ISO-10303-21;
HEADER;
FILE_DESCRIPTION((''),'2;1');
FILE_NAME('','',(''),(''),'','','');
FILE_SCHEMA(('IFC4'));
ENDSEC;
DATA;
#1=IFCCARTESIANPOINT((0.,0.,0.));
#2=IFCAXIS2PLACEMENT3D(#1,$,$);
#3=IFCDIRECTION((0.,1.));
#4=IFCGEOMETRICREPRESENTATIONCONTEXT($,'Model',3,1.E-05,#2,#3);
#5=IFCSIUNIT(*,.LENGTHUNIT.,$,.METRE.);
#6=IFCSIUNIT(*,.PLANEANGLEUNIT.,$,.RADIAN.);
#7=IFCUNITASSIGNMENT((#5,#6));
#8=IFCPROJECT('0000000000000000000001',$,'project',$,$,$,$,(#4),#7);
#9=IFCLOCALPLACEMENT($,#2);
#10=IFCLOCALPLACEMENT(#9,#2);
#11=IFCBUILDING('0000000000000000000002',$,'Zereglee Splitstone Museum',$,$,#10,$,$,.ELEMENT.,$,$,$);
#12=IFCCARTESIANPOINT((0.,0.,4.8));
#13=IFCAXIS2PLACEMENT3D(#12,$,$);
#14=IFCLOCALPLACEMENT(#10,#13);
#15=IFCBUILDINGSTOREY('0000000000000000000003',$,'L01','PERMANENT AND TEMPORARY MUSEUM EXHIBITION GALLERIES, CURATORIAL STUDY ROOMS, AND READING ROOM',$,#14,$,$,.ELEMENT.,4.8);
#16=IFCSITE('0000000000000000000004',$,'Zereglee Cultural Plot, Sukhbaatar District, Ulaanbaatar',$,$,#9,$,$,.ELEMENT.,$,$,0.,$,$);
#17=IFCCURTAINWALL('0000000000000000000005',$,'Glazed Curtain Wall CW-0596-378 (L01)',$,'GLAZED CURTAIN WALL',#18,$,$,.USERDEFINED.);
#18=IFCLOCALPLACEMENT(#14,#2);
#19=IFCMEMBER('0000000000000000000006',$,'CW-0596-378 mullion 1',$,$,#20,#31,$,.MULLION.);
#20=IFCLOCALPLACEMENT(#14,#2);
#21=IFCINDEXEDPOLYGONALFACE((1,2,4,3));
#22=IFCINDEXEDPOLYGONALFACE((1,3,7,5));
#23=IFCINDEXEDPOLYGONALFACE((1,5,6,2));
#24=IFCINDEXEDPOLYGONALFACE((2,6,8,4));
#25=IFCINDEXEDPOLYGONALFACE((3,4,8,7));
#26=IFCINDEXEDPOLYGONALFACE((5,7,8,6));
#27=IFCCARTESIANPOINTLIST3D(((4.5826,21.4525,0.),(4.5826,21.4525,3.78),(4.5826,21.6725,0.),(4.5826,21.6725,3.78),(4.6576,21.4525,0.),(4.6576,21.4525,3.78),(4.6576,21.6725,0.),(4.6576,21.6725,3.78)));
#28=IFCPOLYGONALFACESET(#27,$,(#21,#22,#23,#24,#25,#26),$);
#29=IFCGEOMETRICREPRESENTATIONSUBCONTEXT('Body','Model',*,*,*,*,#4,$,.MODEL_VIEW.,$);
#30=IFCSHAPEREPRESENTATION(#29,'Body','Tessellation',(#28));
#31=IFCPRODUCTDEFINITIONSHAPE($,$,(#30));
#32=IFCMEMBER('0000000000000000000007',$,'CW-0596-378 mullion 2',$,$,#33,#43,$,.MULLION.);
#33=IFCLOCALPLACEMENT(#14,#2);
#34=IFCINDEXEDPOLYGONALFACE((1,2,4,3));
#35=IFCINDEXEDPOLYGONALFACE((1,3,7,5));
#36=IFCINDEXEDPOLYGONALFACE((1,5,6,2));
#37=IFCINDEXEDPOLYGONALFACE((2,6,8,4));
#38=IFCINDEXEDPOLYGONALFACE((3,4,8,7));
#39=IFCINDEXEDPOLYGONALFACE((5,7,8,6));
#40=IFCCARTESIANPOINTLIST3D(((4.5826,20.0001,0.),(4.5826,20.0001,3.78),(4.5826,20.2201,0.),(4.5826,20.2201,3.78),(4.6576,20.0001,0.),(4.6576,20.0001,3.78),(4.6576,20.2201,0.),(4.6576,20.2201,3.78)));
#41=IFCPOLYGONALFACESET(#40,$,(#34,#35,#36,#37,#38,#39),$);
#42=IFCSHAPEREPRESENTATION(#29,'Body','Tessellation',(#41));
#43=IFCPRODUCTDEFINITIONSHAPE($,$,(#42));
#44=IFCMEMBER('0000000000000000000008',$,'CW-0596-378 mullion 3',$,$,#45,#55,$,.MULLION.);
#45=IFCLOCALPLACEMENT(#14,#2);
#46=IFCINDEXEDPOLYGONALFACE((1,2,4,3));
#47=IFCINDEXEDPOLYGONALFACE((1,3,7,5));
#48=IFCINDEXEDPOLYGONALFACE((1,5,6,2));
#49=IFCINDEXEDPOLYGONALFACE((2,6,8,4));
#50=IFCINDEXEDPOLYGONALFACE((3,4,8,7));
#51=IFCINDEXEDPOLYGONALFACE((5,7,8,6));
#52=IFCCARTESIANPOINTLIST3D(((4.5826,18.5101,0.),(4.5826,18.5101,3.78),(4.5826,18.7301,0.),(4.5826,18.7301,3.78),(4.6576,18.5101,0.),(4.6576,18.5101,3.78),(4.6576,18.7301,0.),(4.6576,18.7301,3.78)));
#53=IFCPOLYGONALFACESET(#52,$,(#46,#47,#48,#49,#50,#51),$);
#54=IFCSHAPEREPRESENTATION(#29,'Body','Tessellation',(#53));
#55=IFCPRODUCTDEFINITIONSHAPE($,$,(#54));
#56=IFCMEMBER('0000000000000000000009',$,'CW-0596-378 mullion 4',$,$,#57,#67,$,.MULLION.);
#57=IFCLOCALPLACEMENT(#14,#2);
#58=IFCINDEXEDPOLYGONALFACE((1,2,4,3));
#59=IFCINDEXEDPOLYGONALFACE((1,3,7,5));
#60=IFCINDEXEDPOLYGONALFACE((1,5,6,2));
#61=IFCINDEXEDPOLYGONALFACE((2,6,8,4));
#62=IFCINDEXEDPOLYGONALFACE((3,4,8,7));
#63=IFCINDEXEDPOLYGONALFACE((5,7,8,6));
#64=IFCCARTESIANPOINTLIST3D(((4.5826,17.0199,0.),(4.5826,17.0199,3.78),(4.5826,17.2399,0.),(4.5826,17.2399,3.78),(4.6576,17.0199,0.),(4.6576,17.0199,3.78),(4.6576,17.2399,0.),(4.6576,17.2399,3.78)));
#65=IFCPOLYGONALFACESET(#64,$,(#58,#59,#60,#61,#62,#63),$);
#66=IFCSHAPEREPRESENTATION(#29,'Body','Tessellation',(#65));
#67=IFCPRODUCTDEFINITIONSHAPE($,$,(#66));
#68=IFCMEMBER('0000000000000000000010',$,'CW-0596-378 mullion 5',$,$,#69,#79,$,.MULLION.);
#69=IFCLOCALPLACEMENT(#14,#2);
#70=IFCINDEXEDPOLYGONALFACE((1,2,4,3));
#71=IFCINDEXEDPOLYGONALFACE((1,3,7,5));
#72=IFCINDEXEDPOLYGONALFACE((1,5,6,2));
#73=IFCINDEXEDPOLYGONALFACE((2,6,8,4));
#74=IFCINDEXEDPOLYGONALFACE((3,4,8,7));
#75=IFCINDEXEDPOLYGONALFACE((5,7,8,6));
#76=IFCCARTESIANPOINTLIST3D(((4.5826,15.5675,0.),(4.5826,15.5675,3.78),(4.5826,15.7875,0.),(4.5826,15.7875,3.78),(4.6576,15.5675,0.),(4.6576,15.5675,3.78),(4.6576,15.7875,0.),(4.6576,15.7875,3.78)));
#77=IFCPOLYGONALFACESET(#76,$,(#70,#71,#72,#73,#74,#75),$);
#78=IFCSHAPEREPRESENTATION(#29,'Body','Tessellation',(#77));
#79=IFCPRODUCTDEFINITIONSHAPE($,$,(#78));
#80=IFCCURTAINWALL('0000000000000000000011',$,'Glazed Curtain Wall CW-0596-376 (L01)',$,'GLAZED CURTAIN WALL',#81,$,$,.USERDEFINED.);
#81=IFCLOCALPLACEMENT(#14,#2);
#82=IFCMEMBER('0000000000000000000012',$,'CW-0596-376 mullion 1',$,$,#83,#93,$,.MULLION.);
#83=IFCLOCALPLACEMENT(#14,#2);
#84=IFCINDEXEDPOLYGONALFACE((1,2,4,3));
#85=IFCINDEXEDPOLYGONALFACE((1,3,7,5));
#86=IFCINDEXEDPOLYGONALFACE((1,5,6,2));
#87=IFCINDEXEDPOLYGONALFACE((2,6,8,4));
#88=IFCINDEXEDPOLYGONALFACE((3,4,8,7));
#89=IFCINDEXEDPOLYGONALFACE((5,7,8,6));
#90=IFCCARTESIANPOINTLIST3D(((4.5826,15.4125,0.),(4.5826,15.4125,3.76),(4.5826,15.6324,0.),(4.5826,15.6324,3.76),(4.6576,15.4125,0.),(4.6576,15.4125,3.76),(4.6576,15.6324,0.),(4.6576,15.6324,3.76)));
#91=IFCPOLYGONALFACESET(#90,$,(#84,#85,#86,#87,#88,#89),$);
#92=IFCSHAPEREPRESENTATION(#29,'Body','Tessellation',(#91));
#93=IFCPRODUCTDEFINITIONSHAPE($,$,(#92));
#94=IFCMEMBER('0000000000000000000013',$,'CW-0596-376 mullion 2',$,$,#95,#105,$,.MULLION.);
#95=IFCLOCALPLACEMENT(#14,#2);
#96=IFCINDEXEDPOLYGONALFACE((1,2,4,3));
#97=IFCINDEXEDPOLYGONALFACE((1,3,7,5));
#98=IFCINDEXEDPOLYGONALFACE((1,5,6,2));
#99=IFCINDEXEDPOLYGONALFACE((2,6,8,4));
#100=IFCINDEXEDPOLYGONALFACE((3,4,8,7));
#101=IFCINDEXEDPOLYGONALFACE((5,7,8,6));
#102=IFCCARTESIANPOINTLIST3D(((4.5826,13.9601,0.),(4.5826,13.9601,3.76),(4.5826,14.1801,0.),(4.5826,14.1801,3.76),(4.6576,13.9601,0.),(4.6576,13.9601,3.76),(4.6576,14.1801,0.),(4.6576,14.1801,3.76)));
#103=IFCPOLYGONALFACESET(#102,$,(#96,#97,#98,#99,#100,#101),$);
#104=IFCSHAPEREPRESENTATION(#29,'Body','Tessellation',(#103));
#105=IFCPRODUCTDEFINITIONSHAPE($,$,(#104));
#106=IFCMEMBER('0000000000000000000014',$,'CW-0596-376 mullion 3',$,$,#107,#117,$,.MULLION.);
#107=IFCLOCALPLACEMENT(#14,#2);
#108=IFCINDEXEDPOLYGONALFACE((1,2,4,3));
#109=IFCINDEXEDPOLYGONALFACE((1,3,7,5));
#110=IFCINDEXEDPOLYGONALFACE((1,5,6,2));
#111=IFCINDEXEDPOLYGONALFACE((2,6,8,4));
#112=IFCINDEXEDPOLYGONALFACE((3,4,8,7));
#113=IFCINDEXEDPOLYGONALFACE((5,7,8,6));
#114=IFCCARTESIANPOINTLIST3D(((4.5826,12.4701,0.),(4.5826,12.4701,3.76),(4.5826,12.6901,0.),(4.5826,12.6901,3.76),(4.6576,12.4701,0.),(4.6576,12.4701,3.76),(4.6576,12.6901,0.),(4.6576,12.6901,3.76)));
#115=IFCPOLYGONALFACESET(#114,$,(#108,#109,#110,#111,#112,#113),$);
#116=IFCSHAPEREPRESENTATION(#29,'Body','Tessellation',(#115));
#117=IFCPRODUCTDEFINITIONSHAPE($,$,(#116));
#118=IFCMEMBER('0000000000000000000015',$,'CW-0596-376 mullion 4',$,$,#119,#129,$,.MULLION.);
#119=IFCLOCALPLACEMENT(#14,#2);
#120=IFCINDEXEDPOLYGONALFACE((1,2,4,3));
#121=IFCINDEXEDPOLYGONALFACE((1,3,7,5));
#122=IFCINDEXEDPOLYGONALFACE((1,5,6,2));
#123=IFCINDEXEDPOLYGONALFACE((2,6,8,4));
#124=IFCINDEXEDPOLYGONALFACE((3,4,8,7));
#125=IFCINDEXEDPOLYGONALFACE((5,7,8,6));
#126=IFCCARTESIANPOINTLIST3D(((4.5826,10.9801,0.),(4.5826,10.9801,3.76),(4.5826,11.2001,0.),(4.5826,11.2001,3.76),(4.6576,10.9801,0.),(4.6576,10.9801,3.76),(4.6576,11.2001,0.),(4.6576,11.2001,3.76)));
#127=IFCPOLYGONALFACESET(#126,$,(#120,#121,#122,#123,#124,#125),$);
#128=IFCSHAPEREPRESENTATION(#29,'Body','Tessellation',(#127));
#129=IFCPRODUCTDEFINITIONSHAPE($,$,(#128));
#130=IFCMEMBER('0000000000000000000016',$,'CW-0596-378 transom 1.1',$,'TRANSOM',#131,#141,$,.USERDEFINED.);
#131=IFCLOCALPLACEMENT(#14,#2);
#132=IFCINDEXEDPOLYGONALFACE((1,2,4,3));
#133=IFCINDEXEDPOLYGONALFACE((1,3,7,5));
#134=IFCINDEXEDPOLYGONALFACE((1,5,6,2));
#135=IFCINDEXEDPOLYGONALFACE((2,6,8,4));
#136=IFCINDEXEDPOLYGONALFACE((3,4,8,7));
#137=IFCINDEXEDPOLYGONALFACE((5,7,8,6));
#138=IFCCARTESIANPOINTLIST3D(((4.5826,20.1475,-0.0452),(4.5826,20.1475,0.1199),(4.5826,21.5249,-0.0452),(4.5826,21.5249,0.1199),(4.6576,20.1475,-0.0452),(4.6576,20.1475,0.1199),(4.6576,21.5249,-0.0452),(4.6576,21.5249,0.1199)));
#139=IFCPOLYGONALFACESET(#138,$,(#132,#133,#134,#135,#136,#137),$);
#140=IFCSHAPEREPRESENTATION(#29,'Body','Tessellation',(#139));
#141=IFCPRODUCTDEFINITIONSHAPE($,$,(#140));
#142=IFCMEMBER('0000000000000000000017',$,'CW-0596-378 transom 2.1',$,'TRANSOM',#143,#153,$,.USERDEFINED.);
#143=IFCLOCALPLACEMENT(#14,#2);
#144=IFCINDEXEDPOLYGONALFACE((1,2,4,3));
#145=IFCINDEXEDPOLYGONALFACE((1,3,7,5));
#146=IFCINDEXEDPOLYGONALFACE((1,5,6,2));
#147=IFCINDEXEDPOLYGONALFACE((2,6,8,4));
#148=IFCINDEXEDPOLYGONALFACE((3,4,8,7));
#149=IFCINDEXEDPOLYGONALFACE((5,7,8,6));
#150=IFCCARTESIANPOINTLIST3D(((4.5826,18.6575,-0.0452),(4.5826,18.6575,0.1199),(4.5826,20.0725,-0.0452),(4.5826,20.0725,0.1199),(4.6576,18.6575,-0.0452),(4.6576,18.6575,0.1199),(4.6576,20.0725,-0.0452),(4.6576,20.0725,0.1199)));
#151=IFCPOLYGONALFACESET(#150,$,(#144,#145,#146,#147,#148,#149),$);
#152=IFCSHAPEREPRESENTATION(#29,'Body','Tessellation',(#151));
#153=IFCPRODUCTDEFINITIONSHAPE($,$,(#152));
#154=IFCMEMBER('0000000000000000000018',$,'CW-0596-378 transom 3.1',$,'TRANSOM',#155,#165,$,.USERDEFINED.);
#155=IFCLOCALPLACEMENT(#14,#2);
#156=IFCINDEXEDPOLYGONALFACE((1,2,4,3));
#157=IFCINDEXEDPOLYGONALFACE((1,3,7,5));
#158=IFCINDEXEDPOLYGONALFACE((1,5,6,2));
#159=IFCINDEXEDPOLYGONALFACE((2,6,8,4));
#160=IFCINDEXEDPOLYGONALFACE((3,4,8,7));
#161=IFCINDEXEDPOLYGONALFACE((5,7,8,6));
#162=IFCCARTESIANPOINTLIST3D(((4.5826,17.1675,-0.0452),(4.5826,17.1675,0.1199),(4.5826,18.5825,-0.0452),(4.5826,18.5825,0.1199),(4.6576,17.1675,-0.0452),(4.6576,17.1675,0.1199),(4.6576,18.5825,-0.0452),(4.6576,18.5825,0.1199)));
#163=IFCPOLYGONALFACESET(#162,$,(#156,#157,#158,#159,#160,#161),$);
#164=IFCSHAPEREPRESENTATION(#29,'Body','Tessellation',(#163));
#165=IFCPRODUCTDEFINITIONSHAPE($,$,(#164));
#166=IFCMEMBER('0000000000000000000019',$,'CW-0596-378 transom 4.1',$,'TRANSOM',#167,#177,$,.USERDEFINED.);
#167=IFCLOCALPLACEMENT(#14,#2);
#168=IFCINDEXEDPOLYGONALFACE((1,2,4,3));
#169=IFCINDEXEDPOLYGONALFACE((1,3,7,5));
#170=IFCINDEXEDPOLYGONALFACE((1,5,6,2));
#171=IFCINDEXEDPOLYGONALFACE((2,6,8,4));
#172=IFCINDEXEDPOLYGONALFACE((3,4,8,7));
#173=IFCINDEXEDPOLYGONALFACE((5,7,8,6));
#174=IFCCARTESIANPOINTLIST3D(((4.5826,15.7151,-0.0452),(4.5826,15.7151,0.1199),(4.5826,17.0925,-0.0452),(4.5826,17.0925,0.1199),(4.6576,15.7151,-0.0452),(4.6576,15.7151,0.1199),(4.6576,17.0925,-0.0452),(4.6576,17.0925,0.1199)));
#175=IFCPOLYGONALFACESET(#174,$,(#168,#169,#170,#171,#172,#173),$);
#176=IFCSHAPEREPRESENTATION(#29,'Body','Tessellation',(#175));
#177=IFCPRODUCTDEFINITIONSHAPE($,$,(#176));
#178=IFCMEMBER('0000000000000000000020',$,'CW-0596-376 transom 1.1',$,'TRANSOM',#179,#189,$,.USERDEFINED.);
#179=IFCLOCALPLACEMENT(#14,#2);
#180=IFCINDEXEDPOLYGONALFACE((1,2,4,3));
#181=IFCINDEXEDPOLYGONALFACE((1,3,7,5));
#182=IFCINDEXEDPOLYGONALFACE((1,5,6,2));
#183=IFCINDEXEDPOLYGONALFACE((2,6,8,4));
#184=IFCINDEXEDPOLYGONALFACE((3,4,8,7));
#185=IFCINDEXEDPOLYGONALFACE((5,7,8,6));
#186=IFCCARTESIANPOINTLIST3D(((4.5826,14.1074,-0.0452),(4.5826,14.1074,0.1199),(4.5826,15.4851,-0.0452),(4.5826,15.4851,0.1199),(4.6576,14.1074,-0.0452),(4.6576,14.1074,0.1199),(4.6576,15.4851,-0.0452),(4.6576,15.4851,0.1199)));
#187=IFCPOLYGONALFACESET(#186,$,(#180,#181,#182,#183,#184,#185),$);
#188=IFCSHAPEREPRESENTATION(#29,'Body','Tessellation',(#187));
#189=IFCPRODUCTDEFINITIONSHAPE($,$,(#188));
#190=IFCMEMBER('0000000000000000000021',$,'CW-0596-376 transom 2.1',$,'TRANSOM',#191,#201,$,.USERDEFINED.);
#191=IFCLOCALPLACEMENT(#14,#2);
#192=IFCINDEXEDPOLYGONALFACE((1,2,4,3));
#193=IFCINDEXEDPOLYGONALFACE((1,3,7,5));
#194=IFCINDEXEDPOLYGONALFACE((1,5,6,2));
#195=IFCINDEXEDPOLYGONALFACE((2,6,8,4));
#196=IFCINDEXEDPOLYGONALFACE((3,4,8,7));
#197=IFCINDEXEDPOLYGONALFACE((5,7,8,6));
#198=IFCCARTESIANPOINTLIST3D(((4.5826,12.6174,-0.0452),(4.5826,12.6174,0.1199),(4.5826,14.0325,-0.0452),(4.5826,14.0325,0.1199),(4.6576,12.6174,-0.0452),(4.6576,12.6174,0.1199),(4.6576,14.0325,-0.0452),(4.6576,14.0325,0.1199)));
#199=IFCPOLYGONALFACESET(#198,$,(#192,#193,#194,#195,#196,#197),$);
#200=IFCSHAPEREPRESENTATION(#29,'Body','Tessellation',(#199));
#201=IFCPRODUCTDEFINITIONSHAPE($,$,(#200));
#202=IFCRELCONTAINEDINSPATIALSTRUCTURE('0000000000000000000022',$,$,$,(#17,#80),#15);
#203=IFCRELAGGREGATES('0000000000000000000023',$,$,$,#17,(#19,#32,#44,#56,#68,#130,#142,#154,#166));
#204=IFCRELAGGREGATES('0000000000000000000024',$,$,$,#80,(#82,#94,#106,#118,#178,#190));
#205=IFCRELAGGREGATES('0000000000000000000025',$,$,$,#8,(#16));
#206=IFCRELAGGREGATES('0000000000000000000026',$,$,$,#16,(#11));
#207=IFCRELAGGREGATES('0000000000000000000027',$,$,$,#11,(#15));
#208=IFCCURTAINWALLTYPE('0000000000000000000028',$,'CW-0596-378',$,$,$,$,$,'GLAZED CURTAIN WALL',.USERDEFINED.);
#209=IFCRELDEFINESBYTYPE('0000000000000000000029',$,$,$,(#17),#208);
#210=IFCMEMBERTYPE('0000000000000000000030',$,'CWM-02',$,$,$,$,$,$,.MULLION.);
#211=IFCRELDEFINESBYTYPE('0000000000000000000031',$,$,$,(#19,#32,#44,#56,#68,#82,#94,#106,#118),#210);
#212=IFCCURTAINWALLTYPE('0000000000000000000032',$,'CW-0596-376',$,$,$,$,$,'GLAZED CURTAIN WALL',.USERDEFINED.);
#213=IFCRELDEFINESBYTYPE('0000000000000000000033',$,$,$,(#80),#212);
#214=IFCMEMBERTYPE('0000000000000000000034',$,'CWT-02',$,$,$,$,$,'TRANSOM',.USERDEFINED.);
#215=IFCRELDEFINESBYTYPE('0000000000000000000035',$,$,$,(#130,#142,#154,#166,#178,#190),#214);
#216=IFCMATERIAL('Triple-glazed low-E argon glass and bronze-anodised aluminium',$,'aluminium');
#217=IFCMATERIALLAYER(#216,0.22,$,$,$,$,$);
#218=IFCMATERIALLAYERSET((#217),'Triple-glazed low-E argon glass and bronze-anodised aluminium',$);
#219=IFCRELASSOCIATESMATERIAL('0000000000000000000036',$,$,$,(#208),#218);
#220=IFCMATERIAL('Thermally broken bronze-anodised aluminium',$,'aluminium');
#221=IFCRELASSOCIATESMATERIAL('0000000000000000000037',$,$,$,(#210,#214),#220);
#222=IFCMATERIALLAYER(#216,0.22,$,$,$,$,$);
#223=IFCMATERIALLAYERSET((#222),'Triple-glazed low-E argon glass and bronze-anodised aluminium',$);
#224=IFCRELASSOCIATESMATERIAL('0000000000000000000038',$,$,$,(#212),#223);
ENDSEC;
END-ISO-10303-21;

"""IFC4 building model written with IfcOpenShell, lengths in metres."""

from ifc_helpers import new_model, si_unit, direction, frame, origin, origin_2d, place, context, subcontext, project, spatial, rectangle, extrude, material, layer, layer_set, material_profile, profile_set, type_object, element, aggregate, save


model = new_model("IFC4")

# Units and contexts
model_context = context("Model", 3, precision=1e-05, world=origin(), true_north=direction((0.0, 1.0)))
body_context = subcontext(model_context, "Body", "Model", "MODEL_VIEW")
ifc_project = project(units=[si_unit("LENGTHUNIT", "METRE"), si_unit("PLANEANGLEUNIT", "RADIAN")], contexts=[model_context])

# Site, building, storey
site_placement = place(None, origin())
site = spatial("IfcSite", under=ifc_project, at=site_placement, Name="Zereglee Cultural Plot, Sukhbaatar District, Ulaanbaatar", CompositionType="ELEMENT", RefElevation=0.0)
building_placement = place(site_placement, origin())
building = spatial("IfcBuilding", under=site, at=building_placement, Name="Zereglee Splitstone Museum", CompositionType="ELEMENT")
storey_placement = place(building_placement, frame((0.0, 0.0, 4.8)))
storey = spatial("IfcBuildingStorey", under=building, at=storey_placement, Name="L01", Description="PERMANENT AND TEMPORARY MUSEUM EXHIBITION GALLERIES, CURATORIAL STUDY ROOMS, AND READING ROOM", CompositionType="ELEMENT", Elevation=4.8)

# Curtain walls, members
ifc_material_1 = material(Name="Triple-glazed low-E argon glass and bronze-anodised aluminium", Category="aluminium")
ifc_layer_1 = layer(ifc_material_1, 0.22)
ifc_layer_set_1 = layer_set([ifc_layer_1], Name="Triple-glazed low-E argon glass and bronze-anodised aluminium")
curtain_wall_type_1 = type_object("IfcCurtainWallType", Name="CW-0596-378", ElementType="GLAZED CURTAIN WALL", PredefinedType="USERDEFINED", material=ifc_layer_set_1)
curtain_wall_1_placement = place(storey_placement, origin())
curtain_wall_1 = element("IfcCurtainWall", 1, at=curtain_wall_1_placement, inside=storey, type_object=curtain_wall_type_1, Name="Glazed Curtain Wall CW-0596-378 (L01)", ObjectType="GLAZED CURTAIN WALL", PredefinedType="USERDEFINED")
ifc_material_2 = material(Name="Thermally broken bronze-anodised aluminium", Category="aluminium")
ifc_material_profile_1 = material_profile(ifc_material_2, rectangle(XDim=0.075, YDim=0.22, at=origin_2d()), Name="CW MULL 75x220")
ifc_profile_set_1 = profile_set([ifc_material_profile_1], Name="Thermally broken bronze-anodised aluminium")
member_type_1 = type_object("IfcMemberType", Name="CWM-02", PredefinedType="MULLION", material=ifc_profile_set_1)
member_1_placement = place(storey_placement, frame((4.6201, 21.5625, 0.0), z_axis=(0.0, 0.0, 1.0), x_axis=(1.0, 0.0, 0.0)))
member_1 = element("IfcMember", 2, at=member_1_placement, type_object=member_type_1, Name="CW-0596-378 mullion 1", PredefinedType="MULLION", context=body_context, shape_type="SweptSolid", body=[
    extrude(rectangle(XDim=0.075, YDim=0.22, at=origin_2d()), origin(), (0.0, 0.0, 1.0), 3.78),
])
member_2_placement = place(storey_placement, frame((4.6201, 20.1101, 0.0), z_axis=(0.0, 0.0, 1.0), x_axis=(1.0, 0.0, 0.0)))
member_2 = element("IfcMember", 3, at=member_2_placement, type_object=member_type_1, Name="CW-0596-378 mullion 2", PredefinedType="MULLION", context=body_context, shape_type="SweptSolid", body=[
    extrude(rectangle(XDim=0.075, YDim=0.22, at=origin_2d()), origin(), (0.0, 0.0, 1.0), 3.78),
])
member_3_placement = place(storey_placement, frame((4.6201, 18.6201, 0.0), z_axis=(0.0, 0.0, 1.0), x_axis=(1.0, 0.0, 0.0)))
member_3 = element("IfcMember", 4, at=member_3_placement, type_object=member_type_1, Name="CW-0596-378 mullion 3", PredefinedType="MULLION", context=body_context, shape_type="SweptSolid", body=[
    extrude(rectangle(XDim=0.075, YDim=0.22, at=origin_2d()), origin(), (0.0, 0.0, 1.0), 3.78),
])
member_4_placement = place(storey_placement, frame((4.6201, 17.1299, 0.0), z_axis=(0.0, 0.0, 1.0), x_axis=(1.0, 0.0, 0.0)))
member_4 = element("IfcMember", 5, at=member_4_placement, type_object=member_type_1, Name="CW-0596-378 mullion 4", PredefinedType="MULLION", context=body_context, shape_type="SweptSolid", body=[
    extrude(rectangle(XDim=0.075, YDim=0.22, at=origin_2d()), origin(), (0.0, 0.0, 1.0), 3.78),
])
member_5_placement = place(storey_placement, frame((4.6201, 15.6775, 0.0), z_axis=(0.0, 0.0, 1.0), x_axis=(1.0, 0.0, 0.0)))
member_5 = element("IfcMember", 6, at=member_5_placement, type_object=member_type_1, Name="CW-0596-378 mullion 5", PredefinedType="MULLION", context=body_context, shape_type="SweptSolid", body=[
    extrude(rectangle(XDim=0.075, YDim=0.22, at=origin_2d()), origin(), (0.0, 0.0, 1.0), 3.78),
])
ifc_layer_2 = layer(ifc_material_1, 0.22)
ifc_layer_set_2 = layer_set([ifc_layer_2], Name="Triple-glazed low-E argon glass and bronze-anodised aluminium")
curtain_wall_type_2 = type_object("IfcCurtainWallType", Name="CW-0596-376", ElementType="GLAZED CURTAIN WALL", PredefinedType="USERDEFINED", material=ifc_layer_set_2)
curtain_wall_2_placement = place(storey_placement, origin())
curtain_wall_2 = element("IfcCurtainWall", 7, at=curtain_wall_2_placement, inside=storey, type_object=curtain_wall_type_2, Name="Glazed Curtain Wall CW-0596-376 (L01)", ObjectType="GLAZED CURTAIN WALL", PredefinedType="USERDEFINED")
member_6_placement = place(storey_placement, frame((4.6201, 15.5225, 0.0), z_axis=(0.0, 0.0, 1.0), x_axis=(1.0, 0.0, 0.0)))
member_6 = element("IfcMember", 8, at=member_6_placement, type_object=member_type_1, Name="CW-0596-376 mullion 1", PredefinedType="MULLION", context=body_context, shape_type="SweptSolid", body=[
    extrude(rectangle(XDim=0.075, YDim=0.22, at=origin_2d()), origin(), (0.0, 0.0, 1.0), 3.76),
])
member_7_placement = place(storey_placement, frame((4.6201, 14.0701, 0.0), z_axis=(0.0, 0.0, 1.0), x_axis=(1.0, 0.0, 0.0)))
member_7 = element("IfcMember", 9, at=member_7_placement, type_object=member_type_1, Name="CW-0596-376 mullion 2", PredefinedType="MULLION", context=body_context, shape_type="SweptSolid", body=[
    extrude(rectangle(XDim=0.075, YDim=0.22, at=origin_2d()), origin(), (0.0, 0.0, 1.0), 3.76),
])
member_8_placement = place(storey_placement, frame((4.6201, 12.5801, 0.0), z_axis=(0.0, 0.0, 1.0), x_axis=(1.0, 0.0, 0.0)))
member_8 = element("IfcMember", 10, at=member_8_placement, type_object=member_type_1, Name="CW-0596-376 mullion 3", PredefinedType="MULLION", context=body_context, shape_type="SweptSolid", body=[
    extrude(rectangle(XDim=0.075, YDim=0.22, at=origin_2d()), origin(), (0.0, 0.0, 1.0), 3.76),
])
member_9_placement = place(storey_placement, frame((4.6201, 11.0901, 0.0), z_axis=(0.0, 0.0, 1.0), x_axis=(1.0, 0.0, 0.0)))
member_9 = element("IfcMember", 11, at=member_9_placement, type_object=member_type_1, Name="CW-0596-376 mullion 4", PredefinedType="MULLION", context=body_context, shape_type="SweptSolid", body=[
    extrude(rectangle(XDim=0.075, YDim=0.22, at=origin_2d()), origin(), (0.0, 0.0, 1.0), 3.76),
])

# Members
ifc_material_profile_2 = material_profile(ifc_material_2, rectangle(XDim=0.075, YDim=0.165, at=origin_2d()), Name="CW TRAN 75x165")
ifc_profile_set_2 = profile_set([ifc_material_profile_2], Name="Thermally broken bronze-anodised aluminium")
member_type_2 = type_object("IfcMemberType", Name="CWT-02", ElementType="TRANSOM", PredefinedType="USERDEFINED", material=ifc_profile_set_2)
member_10_placement = place(storey_placement, frame((4.6201, 21.5249, 0.0374), z_axis=(0.0, -1.0, 0.0), x_axis=(1.0, 0.0, 0.0)))
member_10 = element("IfcMember", 12, at=member_10_placement, type_object=member_type_2, Name="CW-0596-378 transom 1.1", ObjectType="TRANSOM", PredefinedType="USERDEFINED", context=body_context, shape_type="SweptSolid", body=[
    extrude(rectangle(XDim=0.075, YDim=0.165, at=origin_2d()), origin(), (0.0, 0.0, 1.0), 1.3774),
])
member_11_placement = place(storey_placement, frame((4.6201, 20.0725, 0.0374), z_axis=(0.0, -1.0, 0.0), x_axis=(1.0, 0.0, 0.0)))
member_11 = element("IfcMember", 13, at=member_11_placement, type_object=member_type_2, Name="CW-0596-378 transom 2.1", ObjectType="TRANSOM", PredefinedType="USERDEFINED", context=body_context, shape_type="SweptSolid", body=[
    extrude(rectangle(XDim=0.075, YDim=0.165, at=origin_2d()), origin(), (0.0, 0.0, 1.0), 1.415),
])
member_12_placement = place(storey_placement, frame((4.6201, 18.5825, 0.0374), z_axis=(0.0, -1.0, 0.0), x_axis=(1.0, 0.0, 0.0)))
member_12 = element("IfcMember", 14, at=member_12_placement, type_object=member_type_2, Name="CW-0596-378 transom 3.1", ObjectType="TRANSOM", PredefinedType="USERDEFINED", context=body_context, shape_type="SweptSolid", body=[
    extrude(rectangle(XDim=0.075, YDim=0.165, at=origin_2d()), origin(), (0.0, 0.0, 1.0), 1.415),
])
member_13_placement = place(storey_placement, frame((4.6201, 17.0925, 0.0374), z_axis=(0.0, -1.0, 0.0), x_axis=(1.0, 0.0, 0.0)))
member_13 = element("IfcMember", 15, at=member_13_placement, type_object=member_type_2, Name="CW-0596-378 transom 4.1", ObjectType="TRANSOM", PredefinedType="USERDEFINED", context=body_context, shape_type="SweptSolid", body=[
    extrude(rectangle(XDim=0.075, YDim=0.165, at=origin_2d()), origin(), (0.0, 0.0, 1.0), 1.3774),
])
member_14_placement = place(storey_placement, frame((4.6201, 15.4851, 0.0374), z_axis=(0.0, -1.0, 0.0), x_axis=(1.0, 0.0, 0.0)))
member_14 = element("IfcMember", 16, at=member_14_placement, type_object=member_type_2, Name="CW-0596-376 transom 1.1", ObjectType="TRANSOM", PredefinedType="USERDEFINED", context=body_context, shape_type="SweptSolid", body=[
    extrude(rectangle(XDim=0.075, YDim=0.165, at=origin_2d()), origin(), (0.0, 0.0, 1.0), 1.3777),
])
member_15_placement = place(storey_placement, frame((4.6201, 14.0325, 0.0374), z_axis=(0.0, -1.0, 0.0), x_axis=(1.0, 0.0, 0.0)))
member_15 = element("IfcMember", 17, at=member_15_placement, type_object=member_type_2, Name="CW-0596-376 transom 2.1", ObjectType="TRANSOM", PredefinedType="USERDEFINED", context=body_context, shape_type="SweptSolid", body=[
    extrude(rectangle(XDim=0.075, YDim=0.165, at=origin_2d()), origin(), (0.0, 0.0, 1.0), 1.415),
])

aggregate(curtain_wall_1, [member_1, member_2, member_3, member_4, member_5, member_10, member_11, member_12, member_13])
aggregate(curtain_wall_2, [member_6, member_7, member_8, member_9, member_14, member_15])

save(model, "model.ifc")
